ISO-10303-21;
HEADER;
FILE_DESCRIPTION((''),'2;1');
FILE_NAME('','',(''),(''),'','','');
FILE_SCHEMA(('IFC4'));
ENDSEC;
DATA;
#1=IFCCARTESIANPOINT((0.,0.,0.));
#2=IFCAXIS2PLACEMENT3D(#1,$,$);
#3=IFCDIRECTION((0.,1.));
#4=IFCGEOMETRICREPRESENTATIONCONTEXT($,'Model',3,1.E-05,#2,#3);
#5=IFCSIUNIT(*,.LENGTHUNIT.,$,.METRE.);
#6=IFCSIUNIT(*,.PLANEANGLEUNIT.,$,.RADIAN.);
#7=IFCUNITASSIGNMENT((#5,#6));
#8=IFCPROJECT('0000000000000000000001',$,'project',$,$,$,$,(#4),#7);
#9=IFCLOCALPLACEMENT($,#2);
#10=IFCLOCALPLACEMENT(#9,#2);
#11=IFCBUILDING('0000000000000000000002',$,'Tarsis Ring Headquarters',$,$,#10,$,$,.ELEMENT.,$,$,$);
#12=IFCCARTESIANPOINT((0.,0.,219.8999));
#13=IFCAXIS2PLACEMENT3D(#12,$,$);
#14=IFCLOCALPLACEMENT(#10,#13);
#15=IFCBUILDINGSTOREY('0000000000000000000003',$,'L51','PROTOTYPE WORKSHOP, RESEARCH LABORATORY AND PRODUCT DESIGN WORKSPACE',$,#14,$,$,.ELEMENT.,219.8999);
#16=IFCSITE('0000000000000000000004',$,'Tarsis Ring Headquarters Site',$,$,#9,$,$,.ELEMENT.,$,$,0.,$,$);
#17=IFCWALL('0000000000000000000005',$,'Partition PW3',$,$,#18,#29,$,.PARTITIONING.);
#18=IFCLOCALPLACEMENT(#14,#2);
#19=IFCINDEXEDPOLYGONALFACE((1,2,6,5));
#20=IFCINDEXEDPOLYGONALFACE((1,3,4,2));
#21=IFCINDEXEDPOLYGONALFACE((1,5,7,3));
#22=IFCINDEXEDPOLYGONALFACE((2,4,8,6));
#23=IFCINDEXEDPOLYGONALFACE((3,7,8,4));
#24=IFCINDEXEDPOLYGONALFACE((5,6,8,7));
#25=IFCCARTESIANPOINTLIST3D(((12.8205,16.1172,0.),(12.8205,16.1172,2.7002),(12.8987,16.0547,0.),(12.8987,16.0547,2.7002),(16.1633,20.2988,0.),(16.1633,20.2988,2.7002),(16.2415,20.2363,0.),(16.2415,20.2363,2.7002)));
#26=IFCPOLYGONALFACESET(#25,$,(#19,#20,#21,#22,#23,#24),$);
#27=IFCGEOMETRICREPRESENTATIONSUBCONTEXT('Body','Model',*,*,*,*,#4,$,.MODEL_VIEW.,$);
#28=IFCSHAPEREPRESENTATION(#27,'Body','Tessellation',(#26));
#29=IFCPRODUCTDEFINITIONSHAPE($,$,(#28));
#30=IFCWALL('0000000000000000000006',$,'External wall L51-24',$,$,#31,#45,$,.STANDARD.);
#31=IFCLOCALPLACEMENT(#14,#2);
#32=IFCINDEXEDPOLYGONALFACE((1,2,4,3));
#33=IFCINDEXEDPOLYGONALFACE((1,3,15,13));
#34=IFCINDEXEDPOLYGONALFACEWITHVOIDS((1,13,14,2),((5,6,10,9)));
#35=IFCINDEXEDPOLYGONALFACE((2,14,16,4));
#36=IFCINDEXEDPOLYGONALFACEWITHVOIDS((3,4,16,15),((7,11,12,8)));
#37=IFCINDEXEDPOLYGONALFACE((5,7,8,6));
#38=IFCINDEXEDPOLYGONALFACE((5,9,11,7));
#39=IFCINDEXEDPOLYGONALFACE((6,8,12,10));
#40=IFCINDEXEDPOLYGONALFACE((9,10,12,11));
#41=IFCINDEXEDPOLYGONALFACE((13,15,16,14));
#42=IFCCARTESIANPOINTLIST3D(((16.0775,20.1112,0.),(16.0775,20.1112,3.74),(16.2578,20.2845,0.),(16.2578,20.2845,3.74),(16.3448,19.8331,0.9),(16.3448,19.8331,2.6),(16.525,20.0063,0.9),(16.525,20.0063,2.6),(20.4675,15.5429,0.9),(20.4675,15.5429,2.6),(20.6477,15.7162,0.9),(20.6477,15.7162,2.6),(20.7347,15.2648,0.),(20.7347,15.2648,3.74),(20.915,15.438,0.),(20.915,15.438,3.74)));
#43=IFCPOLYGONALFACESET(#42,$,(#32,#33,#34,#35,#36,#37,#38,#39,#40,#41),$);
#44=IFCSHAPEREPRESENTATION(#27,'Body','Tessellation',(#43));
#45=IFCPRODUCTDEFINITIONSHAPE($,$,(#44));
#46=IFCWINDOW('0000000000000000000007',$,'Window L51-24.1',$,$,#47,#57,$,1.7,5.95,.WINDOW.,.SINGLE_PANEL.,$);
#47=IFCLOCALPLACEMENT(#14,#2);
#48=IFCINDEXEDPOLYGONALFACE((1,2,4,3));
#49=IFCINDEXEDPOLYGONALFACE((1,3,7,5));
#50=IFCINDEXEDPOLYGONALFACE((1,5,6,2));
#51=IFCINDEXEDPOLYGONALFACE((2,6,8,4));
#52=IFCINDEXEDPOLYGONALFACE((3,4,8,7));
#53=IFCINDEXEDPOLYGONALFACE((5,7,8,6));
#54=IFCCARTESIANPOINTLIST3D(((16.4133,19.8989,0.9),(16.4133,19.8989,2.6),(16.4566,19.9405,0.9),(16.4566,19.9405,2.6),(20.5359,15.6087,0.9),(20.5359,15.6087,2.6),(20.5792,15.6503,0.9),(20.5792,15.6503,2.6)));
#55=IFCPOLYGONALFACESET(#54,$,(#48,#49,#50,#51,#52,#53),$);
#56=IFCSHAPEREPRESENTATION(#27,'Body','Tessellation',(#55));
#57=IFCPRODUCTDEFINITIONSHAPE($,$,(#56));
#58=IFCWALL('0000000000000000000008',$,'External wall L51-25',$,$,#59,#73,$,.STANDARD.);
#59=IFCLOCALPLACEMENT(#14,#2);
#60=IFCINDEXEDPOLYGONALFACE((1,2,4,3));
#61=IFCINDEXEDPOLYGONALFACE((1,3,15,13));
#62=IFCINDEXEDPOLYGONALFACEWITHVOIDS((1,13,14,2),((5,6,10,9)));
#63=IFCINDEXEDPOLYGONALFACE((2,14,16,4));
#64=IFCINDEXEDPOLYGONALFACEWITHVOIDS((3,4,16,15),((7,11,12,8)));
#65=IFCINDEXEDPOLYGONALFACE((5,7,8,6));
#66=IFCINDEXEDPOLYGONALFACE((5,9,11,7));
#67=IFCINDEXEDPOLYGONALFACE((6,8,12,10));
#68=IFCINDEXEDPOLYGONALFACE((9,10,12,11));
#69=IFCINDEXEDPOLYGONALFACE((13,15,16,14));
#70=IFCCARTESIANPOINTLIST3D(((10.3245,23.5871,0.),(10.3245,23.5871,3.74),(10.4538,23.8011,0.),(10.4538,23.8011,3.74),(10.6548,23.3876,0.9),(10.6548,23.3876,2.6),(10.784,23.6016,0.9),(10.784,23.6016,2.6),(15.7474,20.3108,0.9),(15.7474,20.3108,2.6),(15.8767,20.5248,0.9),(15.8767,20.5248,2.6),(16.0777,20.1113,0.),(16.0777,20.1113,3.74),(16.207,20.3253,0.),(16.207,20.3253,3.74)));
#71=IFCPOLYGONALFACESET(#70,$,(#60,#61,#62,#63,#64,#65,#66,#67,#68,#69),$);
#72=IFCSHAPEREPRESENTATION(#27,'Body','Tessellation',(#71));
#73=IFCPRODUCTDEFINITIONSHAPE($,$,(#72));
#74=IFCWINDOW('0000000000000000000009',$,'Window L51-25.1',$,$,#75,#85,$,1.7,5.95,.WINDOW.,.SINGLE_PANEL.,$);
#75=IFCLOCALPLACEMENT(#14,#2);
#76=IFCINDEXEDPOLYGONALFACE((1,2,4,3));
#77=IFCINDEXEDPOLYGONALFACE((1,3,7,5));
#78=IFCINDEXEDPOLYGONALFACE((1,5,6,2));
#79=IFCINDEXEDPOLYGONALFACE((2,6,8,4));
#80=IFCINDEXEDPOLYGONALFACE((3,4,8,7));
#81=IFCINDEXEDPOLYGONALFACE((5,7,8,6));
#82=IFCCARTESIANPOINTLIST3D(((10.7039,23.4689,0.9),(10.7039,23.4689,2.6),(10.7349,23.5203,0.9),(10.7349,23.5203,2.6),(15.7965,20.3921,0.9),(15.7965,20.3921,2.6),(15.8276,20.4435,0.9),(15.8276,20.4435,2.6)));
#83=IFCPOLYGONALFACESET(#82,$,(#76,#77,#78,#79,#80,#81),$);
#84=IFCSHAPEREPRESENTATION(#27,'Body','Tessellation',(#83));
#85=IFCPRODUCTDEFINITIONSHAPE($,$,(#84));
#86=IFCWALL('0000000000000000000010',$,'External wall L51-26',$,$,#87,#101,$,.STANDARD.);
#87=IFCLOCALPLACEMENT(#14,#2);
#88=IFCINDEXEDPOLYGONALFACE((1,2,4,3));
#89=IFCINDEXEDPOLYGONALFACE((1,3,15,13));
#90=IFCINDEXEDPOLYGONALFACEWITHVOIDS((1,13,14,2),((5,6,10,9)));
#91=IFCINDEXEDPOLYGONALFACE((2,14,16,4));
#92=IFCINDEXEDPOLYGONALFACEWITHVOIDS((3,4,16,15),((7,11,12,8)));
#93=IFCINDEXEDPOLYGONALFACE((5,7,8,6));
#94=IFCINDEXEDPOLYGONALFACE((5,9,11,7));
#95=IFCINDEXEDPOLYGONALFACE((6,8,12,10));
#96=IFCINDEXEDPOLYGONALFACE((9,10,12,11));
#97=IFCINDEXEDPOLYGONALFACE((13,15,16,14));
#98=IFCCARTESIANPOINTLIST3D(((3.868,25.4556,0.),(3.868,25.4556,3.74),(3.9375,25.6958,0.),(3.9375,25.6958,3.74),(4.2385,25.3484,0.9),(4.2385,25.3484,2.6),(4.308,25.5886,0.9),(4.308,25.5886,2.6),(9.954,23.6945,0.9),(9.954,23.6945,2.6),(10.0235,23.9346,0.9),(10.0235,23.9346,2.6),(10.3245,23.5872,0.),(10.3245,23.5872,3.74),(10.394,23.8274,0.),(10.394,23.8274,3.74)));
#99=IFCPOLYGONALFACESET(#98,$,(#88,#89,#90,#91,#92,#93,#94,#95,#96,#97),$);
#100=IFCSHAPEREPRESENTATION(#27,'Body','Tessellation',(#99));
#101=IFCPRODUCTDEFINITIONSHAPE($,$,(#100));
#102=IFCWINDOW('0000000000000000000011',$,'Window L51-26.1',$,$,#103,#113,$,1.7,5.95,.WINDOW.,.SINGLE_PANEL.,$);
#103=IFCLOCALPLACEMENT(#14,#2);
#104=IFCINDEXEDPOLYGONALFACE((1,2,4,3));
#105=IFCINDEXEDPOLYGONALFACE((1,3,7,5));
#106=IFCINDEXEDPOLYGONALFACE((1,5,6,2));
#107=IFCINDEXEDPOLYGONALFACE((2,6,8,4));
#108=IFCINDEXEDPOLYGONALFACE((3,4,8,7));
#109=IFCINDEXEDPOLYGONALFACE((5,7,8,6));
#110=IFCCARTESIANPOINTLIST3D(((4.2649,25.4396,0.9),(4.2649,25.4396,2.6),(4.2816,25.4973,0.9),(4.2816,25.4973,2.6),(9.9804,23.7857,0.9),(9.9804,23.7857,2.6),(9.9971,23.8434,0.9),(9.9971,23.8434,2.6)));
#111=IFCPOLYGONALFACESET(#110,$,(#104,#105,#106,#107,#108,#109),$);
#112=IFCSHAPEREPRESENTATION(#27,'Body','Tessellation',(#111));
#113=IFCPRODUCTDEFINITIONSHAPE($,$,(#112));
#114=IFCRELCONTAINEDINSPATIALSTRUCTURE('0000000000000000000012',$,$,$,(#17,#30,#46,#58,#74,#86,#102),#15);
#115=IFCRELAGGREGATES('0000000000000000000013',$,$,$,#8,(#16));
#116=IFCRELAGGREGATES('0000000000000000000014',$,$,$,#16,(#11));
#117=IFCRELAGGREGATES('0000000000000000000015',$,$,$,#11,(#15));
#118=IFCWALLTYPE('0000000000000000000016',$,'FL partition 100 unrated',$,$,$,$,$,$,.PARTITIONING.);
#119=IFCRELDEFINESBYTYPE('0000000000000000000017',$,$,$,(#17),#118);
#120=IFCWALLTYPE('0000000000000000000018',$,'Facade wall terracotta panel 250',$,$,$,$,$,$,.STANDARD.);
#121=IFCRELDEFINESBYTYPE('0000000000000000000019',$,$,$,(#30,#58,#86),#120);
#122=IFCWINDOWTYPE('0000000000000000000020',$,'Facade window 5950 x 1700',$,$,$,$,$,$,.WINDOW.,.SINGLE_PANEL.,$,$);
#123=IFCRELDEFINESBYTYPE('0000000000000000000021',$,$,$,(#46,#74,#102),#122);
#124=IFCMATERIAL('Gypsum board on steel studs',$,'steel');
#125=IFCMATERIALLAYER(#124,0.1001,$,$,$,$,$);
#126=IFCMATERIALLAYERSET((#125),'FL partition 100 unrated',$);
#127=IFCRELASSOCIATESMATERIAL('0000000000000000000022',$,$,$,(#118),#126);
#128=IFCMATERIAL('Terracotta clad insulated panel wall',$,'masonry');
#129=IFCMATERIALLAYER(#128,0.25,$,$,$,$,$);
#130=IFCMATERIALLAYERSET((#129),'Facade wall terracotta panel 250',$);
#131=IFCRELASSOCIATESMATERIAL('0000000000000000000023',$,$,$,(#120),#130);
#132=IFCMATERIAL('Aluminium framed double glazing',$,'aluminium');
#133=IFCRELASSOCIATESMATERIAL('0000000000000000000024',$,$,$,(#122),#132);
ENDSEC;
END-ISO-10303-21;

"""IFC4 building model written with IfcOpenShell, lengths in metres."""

from ifc_helpers import new_model, si_unit, direction, frame, frame_2d, origin, place, context, subcontext, project, spatial, rectangle, extrude, material, layer, layer_set, type_object, element, fill, save


model = new_model("IFC4")

# Units and contexts
model_context = context("Model", 3, precision=1e-05, world=origin(), true_north=direction((0.0, 1.0)))
body_context = subcontext(model_context, "Body", "Model", "MODEL_VIEW")
ifc_project = project(units=[si_unit("LENGTHUNIT", "METRE"), si_unit("PLANEANGLEUNIT", "RADIAN")], contexts=[model_context])

# Site, building, storey
site_placement = place(None, origin())
site = spatial("IfcSite", under=ifc_project, at=site_placement, Name="Tarsis Ring Headquarters Site", CompositionType="ELEMENT", RefElevation=0.0)
building_placement = place(site_placement, origin())
building = spatial("IfcBuilding", under=site, at=building_placement, Name="Tarsis Ring Headquarters", CompositionType="ELEMENT")
storey_placement = place(building_placement, frame((0.0, 0.0, 219.8999)))
storey = spatial("IfcBuildingStorey", under=building, at=storey_placement, Name="L51", Description="PROTOTYPE WORKSHOP, RESEARCH LABORATORY AND PRODUCT DESIGN WORKSPACE", CompositionType="ELEMENT", Elevation=219.8999)

# Wall
ifc_material_1 = material(Name="Gypsum board on steel studs", Category="steel")
ifc_layer_1 = layer(ifc_material_1, 0.1001)
ifc_layer_set_1 = layer_set([ifc_layer_1], Name="FL partition 100 unrated")
wall_type_1 = type_object("IfcWallType", Name="FL partition 100 unrated", PredefinedType="PARTITIONING", material=ifc_layer_set_1)
wall_1_placement = place(storey_placement, frame((12.8596, 16.0859, 0.0), z_axis=(0.0, 0.0, 1.0), x_axis=(0.624406, 0.7811, 0.0)))
element("IfcWall", 1, at=wall_1_placement, inside=storey, type_object=wall_type_1, Name="Partition PW3", PredefinedType="PARTITIONING", context=body_context, shape_type="SweptSolid", body=[
    extrude(rectangle(XDim=5.3535, YDim=0.1001, at=frame_2d((2.6768, 0.0))), origin(), (0.0, 0.0, 1.0), 2.7002),
])

# Walls, openings, windows
ifc_material_2 = material(Name="Terracotta clad insulated panel wall", Category="masonry")
ifc_layer_2 = layer(ifc_material_2, 0.25)
ifc_layer_set_2 = layer_set([ifc_layer_2], Name="Facade wall terracotta panel 250")
wall_type_2 = type_object("IfcWallType", Name="Facade wall terracotta panel 250", PredefinedType="STANDARD", material=ifc_layer_set_2)
wall_2_placement = place(storey_placement, frame((20.825, 15.3513, 0.0), z_axis=(0.0, 0.0, 1.0), x_axis=(-0.692892, 0.721042, 0.0)))
wall_2 = element("IfcWall", 2, at=wall_2_placement, inside=storey, type_object=wall_type_2, Name="External wall L51-24", PredefinedType="STANDARD", context=body_context, shape_type="SweptSolid", body=[
    extrude(rectangle(XDim=6.7214, YDim=0.25, at=frame_2d((3.3608, 0.0))), origin(), (0.0, 0.0, 1.0), 3.74),
])
opening_1_placement = place(wall_2_placement, frame((0.3857, 0.0, 0.8999)))
opening_1 = element("IfcOpeningElement", 3, at=opening_1_placement, cuts=wall_2, PredefinedType="OPENING", context=body_context, shape_type="SweptSolid", body=[
    extrude(rectangle(XDim=5.95, YDim=1.7, at=frame_2d((2.9751, 0.8501))), frame((0.0, 0.135, 0.0), z_axis=(0.0, -1.0, 0.0), x_axis=(1.0, 0.0, 0.0)), (0.0, 0.0, 1.0), 0.27),
])
ifc_material_3 = material(Name="Aluminium framed double glazing", Category="aluminium")
window_type = type_object("IfcWindowType", Name="Facade window 5950 x 1700", PartitioningType="SINGLE_PANEL", PredefinedType="WINDOW", material=ifc_material_3)
window_1_placement = place(opening_1_placement, origin())
window_1 = element("IfcWindow", 4, at=window_1_placement, inside=storey, type_object=window_type, Name="Window L51-24.1", OverallHeight=1.7, OverallWidth=5.95, PartitioningType="SINGLE_PANEL", PredefinedType="WINDOW", context=body_context, shape_type="SweptSolid", body=[
    extrude(rectangle(XDim=5.95, YDim=1.7, at=frame_2d((2.9751, 0.8501))), frame((0.0, 0.03, 0.0), z_axis=(0.0, -1.0, 0.0), x_axis=(1.0, 0.0, 0.0)), (0.0, 0.0, 1.0), 0.0601),
])
fill(opening_1, window_1)
wall_3_placement = place(storey_placement, frame((16.1423, 20.2183, 0.0), z_axis=(0.0, 0.0, 1.0), x_axis=(-0.855919, 0.517111, 0.0)))
wall_3 = element("IfcWall", 5, at=wall_3_placement, inside=storey, type_object=wall_type_2, Name="External wall L51-25", PredefinedType="STANDARD", context=body_context, shape_type="SweptSolid", body=[
    extrude(rectangle(XDim=6.7217, YDim=0.25, at=frame_2d((3.3608, 0.0))), origin(), (0.0, 0.0, 1.0), 3.74),
])
opening_2_placement = place(wall_3_placement, frame((0.3857, 0.0, 0.8999)))
opening_2 = element("IfcOpeningElement", 6, at=opening_2_placement, cuts=wall_3, PredefinedType="OPENING", context=body_context, shape_type="SweptSolid", body=[
    extrude(rectangle(XDim=5.95, YDim=1.7, at=frame_2d((2.9751, 0.8501))), frame((0.0, 0.135, 0.0), z_axis=(0.0, -1.0, 0.0), x_axis=(1.0, 0.0, 0.0)), (0.0, 0.0, 1.0), 0.27),
])
window_2_placement = place(opening_2_placement, origin())
window_2 = element("IfcWindow", 7, at=window_2_placement, inside=storey, type_object=window_type, Name="Window L51-25.1", OverallHeight=1.7, OverallWidth=5.95, PartitioningType="SINGLE_PANEL", PredefinedType="WINDOW", context=body_context, shape_type="SweptSolid", body=[
    extrude(rectangle(XDim=5.95, YDim=1.7, at=frame_2d((2.9751, 0.8501))), frame((0.0, 0.03, 0.0), z_axis=(0.0, -1.0, 0.0), x_axis=(1.0, 0.0, 0.0)), (0.0, 0.0, 1.0), 0.0601),
])
fill(opening_2, window_2)
wall_4_placement = place(storey_placement, frame((10.3594, 23.7073, 0.0), z_axis=(0.0, 0.0, 1.0), x_axis=(-0.960588, 0.277977, 0.0)))
wall_4 = element("IfcWall", 8, at=wall_4_placement, inside=storey, type_object=wall_type_2, Name="External wall L51-26", PredefinedType="STANDARD", context=body_context, shape_type="SweptSolid", body=[
    extrude(rectangle(XDim=6.7214, YDim=0.25, at=frame_2d((3.3608, 0.0))), origin(), (0.0, 0.0, 1.0), 3.74),
])
opening_3_placement = place(wall_4_placement, frame((0.3857, 0.0, 0.8999)))
opening_3 = element("IfcOpeningElement", 9, at=opening_3_placement, cuts=wall_4, PredefinedType="OPENING", context=body_context, shape_type="SweptSolid", body=[
    extrude(rectangle(XDim=5.95, YDim=1.7, at=frame_2d((2.9751, 0.8501))), frame((0.0, 0.135, 0.0), z_axis=(0.0, -1.0, 0.0), x_axis=(1.0, 0.0, 0.0)), (0.0, 0.0, 1.0), 0.27),
])
window_3_placement = place(opening_3_placement, origin())
window_3 = element("IfcWindow", 10, at=window_3_placement, inside=storey, type_object=window_type, Name="Window L51-26.1", OverallHeight=1.7, OverallWidth=5.95, PartitioningType="SINGLE_PANEL", PredefinedType="WINDOW", context=body_context, shape_type="SweptSolid", body=[
    extrude(rectangle(XDim=5.95, YDim=1.7, at=frame_2d((2.9751, 0.8501))), frame((0.0, 0.03, 0.0), z_axis=(0.0, -1.0, 0.0), x_axis=(1.0, 0.0, 0.0)), (0.0, 0.0, 1.0), 0.0601),
])
fill(opening_3, window_3)

save(model, "model.ifc")
